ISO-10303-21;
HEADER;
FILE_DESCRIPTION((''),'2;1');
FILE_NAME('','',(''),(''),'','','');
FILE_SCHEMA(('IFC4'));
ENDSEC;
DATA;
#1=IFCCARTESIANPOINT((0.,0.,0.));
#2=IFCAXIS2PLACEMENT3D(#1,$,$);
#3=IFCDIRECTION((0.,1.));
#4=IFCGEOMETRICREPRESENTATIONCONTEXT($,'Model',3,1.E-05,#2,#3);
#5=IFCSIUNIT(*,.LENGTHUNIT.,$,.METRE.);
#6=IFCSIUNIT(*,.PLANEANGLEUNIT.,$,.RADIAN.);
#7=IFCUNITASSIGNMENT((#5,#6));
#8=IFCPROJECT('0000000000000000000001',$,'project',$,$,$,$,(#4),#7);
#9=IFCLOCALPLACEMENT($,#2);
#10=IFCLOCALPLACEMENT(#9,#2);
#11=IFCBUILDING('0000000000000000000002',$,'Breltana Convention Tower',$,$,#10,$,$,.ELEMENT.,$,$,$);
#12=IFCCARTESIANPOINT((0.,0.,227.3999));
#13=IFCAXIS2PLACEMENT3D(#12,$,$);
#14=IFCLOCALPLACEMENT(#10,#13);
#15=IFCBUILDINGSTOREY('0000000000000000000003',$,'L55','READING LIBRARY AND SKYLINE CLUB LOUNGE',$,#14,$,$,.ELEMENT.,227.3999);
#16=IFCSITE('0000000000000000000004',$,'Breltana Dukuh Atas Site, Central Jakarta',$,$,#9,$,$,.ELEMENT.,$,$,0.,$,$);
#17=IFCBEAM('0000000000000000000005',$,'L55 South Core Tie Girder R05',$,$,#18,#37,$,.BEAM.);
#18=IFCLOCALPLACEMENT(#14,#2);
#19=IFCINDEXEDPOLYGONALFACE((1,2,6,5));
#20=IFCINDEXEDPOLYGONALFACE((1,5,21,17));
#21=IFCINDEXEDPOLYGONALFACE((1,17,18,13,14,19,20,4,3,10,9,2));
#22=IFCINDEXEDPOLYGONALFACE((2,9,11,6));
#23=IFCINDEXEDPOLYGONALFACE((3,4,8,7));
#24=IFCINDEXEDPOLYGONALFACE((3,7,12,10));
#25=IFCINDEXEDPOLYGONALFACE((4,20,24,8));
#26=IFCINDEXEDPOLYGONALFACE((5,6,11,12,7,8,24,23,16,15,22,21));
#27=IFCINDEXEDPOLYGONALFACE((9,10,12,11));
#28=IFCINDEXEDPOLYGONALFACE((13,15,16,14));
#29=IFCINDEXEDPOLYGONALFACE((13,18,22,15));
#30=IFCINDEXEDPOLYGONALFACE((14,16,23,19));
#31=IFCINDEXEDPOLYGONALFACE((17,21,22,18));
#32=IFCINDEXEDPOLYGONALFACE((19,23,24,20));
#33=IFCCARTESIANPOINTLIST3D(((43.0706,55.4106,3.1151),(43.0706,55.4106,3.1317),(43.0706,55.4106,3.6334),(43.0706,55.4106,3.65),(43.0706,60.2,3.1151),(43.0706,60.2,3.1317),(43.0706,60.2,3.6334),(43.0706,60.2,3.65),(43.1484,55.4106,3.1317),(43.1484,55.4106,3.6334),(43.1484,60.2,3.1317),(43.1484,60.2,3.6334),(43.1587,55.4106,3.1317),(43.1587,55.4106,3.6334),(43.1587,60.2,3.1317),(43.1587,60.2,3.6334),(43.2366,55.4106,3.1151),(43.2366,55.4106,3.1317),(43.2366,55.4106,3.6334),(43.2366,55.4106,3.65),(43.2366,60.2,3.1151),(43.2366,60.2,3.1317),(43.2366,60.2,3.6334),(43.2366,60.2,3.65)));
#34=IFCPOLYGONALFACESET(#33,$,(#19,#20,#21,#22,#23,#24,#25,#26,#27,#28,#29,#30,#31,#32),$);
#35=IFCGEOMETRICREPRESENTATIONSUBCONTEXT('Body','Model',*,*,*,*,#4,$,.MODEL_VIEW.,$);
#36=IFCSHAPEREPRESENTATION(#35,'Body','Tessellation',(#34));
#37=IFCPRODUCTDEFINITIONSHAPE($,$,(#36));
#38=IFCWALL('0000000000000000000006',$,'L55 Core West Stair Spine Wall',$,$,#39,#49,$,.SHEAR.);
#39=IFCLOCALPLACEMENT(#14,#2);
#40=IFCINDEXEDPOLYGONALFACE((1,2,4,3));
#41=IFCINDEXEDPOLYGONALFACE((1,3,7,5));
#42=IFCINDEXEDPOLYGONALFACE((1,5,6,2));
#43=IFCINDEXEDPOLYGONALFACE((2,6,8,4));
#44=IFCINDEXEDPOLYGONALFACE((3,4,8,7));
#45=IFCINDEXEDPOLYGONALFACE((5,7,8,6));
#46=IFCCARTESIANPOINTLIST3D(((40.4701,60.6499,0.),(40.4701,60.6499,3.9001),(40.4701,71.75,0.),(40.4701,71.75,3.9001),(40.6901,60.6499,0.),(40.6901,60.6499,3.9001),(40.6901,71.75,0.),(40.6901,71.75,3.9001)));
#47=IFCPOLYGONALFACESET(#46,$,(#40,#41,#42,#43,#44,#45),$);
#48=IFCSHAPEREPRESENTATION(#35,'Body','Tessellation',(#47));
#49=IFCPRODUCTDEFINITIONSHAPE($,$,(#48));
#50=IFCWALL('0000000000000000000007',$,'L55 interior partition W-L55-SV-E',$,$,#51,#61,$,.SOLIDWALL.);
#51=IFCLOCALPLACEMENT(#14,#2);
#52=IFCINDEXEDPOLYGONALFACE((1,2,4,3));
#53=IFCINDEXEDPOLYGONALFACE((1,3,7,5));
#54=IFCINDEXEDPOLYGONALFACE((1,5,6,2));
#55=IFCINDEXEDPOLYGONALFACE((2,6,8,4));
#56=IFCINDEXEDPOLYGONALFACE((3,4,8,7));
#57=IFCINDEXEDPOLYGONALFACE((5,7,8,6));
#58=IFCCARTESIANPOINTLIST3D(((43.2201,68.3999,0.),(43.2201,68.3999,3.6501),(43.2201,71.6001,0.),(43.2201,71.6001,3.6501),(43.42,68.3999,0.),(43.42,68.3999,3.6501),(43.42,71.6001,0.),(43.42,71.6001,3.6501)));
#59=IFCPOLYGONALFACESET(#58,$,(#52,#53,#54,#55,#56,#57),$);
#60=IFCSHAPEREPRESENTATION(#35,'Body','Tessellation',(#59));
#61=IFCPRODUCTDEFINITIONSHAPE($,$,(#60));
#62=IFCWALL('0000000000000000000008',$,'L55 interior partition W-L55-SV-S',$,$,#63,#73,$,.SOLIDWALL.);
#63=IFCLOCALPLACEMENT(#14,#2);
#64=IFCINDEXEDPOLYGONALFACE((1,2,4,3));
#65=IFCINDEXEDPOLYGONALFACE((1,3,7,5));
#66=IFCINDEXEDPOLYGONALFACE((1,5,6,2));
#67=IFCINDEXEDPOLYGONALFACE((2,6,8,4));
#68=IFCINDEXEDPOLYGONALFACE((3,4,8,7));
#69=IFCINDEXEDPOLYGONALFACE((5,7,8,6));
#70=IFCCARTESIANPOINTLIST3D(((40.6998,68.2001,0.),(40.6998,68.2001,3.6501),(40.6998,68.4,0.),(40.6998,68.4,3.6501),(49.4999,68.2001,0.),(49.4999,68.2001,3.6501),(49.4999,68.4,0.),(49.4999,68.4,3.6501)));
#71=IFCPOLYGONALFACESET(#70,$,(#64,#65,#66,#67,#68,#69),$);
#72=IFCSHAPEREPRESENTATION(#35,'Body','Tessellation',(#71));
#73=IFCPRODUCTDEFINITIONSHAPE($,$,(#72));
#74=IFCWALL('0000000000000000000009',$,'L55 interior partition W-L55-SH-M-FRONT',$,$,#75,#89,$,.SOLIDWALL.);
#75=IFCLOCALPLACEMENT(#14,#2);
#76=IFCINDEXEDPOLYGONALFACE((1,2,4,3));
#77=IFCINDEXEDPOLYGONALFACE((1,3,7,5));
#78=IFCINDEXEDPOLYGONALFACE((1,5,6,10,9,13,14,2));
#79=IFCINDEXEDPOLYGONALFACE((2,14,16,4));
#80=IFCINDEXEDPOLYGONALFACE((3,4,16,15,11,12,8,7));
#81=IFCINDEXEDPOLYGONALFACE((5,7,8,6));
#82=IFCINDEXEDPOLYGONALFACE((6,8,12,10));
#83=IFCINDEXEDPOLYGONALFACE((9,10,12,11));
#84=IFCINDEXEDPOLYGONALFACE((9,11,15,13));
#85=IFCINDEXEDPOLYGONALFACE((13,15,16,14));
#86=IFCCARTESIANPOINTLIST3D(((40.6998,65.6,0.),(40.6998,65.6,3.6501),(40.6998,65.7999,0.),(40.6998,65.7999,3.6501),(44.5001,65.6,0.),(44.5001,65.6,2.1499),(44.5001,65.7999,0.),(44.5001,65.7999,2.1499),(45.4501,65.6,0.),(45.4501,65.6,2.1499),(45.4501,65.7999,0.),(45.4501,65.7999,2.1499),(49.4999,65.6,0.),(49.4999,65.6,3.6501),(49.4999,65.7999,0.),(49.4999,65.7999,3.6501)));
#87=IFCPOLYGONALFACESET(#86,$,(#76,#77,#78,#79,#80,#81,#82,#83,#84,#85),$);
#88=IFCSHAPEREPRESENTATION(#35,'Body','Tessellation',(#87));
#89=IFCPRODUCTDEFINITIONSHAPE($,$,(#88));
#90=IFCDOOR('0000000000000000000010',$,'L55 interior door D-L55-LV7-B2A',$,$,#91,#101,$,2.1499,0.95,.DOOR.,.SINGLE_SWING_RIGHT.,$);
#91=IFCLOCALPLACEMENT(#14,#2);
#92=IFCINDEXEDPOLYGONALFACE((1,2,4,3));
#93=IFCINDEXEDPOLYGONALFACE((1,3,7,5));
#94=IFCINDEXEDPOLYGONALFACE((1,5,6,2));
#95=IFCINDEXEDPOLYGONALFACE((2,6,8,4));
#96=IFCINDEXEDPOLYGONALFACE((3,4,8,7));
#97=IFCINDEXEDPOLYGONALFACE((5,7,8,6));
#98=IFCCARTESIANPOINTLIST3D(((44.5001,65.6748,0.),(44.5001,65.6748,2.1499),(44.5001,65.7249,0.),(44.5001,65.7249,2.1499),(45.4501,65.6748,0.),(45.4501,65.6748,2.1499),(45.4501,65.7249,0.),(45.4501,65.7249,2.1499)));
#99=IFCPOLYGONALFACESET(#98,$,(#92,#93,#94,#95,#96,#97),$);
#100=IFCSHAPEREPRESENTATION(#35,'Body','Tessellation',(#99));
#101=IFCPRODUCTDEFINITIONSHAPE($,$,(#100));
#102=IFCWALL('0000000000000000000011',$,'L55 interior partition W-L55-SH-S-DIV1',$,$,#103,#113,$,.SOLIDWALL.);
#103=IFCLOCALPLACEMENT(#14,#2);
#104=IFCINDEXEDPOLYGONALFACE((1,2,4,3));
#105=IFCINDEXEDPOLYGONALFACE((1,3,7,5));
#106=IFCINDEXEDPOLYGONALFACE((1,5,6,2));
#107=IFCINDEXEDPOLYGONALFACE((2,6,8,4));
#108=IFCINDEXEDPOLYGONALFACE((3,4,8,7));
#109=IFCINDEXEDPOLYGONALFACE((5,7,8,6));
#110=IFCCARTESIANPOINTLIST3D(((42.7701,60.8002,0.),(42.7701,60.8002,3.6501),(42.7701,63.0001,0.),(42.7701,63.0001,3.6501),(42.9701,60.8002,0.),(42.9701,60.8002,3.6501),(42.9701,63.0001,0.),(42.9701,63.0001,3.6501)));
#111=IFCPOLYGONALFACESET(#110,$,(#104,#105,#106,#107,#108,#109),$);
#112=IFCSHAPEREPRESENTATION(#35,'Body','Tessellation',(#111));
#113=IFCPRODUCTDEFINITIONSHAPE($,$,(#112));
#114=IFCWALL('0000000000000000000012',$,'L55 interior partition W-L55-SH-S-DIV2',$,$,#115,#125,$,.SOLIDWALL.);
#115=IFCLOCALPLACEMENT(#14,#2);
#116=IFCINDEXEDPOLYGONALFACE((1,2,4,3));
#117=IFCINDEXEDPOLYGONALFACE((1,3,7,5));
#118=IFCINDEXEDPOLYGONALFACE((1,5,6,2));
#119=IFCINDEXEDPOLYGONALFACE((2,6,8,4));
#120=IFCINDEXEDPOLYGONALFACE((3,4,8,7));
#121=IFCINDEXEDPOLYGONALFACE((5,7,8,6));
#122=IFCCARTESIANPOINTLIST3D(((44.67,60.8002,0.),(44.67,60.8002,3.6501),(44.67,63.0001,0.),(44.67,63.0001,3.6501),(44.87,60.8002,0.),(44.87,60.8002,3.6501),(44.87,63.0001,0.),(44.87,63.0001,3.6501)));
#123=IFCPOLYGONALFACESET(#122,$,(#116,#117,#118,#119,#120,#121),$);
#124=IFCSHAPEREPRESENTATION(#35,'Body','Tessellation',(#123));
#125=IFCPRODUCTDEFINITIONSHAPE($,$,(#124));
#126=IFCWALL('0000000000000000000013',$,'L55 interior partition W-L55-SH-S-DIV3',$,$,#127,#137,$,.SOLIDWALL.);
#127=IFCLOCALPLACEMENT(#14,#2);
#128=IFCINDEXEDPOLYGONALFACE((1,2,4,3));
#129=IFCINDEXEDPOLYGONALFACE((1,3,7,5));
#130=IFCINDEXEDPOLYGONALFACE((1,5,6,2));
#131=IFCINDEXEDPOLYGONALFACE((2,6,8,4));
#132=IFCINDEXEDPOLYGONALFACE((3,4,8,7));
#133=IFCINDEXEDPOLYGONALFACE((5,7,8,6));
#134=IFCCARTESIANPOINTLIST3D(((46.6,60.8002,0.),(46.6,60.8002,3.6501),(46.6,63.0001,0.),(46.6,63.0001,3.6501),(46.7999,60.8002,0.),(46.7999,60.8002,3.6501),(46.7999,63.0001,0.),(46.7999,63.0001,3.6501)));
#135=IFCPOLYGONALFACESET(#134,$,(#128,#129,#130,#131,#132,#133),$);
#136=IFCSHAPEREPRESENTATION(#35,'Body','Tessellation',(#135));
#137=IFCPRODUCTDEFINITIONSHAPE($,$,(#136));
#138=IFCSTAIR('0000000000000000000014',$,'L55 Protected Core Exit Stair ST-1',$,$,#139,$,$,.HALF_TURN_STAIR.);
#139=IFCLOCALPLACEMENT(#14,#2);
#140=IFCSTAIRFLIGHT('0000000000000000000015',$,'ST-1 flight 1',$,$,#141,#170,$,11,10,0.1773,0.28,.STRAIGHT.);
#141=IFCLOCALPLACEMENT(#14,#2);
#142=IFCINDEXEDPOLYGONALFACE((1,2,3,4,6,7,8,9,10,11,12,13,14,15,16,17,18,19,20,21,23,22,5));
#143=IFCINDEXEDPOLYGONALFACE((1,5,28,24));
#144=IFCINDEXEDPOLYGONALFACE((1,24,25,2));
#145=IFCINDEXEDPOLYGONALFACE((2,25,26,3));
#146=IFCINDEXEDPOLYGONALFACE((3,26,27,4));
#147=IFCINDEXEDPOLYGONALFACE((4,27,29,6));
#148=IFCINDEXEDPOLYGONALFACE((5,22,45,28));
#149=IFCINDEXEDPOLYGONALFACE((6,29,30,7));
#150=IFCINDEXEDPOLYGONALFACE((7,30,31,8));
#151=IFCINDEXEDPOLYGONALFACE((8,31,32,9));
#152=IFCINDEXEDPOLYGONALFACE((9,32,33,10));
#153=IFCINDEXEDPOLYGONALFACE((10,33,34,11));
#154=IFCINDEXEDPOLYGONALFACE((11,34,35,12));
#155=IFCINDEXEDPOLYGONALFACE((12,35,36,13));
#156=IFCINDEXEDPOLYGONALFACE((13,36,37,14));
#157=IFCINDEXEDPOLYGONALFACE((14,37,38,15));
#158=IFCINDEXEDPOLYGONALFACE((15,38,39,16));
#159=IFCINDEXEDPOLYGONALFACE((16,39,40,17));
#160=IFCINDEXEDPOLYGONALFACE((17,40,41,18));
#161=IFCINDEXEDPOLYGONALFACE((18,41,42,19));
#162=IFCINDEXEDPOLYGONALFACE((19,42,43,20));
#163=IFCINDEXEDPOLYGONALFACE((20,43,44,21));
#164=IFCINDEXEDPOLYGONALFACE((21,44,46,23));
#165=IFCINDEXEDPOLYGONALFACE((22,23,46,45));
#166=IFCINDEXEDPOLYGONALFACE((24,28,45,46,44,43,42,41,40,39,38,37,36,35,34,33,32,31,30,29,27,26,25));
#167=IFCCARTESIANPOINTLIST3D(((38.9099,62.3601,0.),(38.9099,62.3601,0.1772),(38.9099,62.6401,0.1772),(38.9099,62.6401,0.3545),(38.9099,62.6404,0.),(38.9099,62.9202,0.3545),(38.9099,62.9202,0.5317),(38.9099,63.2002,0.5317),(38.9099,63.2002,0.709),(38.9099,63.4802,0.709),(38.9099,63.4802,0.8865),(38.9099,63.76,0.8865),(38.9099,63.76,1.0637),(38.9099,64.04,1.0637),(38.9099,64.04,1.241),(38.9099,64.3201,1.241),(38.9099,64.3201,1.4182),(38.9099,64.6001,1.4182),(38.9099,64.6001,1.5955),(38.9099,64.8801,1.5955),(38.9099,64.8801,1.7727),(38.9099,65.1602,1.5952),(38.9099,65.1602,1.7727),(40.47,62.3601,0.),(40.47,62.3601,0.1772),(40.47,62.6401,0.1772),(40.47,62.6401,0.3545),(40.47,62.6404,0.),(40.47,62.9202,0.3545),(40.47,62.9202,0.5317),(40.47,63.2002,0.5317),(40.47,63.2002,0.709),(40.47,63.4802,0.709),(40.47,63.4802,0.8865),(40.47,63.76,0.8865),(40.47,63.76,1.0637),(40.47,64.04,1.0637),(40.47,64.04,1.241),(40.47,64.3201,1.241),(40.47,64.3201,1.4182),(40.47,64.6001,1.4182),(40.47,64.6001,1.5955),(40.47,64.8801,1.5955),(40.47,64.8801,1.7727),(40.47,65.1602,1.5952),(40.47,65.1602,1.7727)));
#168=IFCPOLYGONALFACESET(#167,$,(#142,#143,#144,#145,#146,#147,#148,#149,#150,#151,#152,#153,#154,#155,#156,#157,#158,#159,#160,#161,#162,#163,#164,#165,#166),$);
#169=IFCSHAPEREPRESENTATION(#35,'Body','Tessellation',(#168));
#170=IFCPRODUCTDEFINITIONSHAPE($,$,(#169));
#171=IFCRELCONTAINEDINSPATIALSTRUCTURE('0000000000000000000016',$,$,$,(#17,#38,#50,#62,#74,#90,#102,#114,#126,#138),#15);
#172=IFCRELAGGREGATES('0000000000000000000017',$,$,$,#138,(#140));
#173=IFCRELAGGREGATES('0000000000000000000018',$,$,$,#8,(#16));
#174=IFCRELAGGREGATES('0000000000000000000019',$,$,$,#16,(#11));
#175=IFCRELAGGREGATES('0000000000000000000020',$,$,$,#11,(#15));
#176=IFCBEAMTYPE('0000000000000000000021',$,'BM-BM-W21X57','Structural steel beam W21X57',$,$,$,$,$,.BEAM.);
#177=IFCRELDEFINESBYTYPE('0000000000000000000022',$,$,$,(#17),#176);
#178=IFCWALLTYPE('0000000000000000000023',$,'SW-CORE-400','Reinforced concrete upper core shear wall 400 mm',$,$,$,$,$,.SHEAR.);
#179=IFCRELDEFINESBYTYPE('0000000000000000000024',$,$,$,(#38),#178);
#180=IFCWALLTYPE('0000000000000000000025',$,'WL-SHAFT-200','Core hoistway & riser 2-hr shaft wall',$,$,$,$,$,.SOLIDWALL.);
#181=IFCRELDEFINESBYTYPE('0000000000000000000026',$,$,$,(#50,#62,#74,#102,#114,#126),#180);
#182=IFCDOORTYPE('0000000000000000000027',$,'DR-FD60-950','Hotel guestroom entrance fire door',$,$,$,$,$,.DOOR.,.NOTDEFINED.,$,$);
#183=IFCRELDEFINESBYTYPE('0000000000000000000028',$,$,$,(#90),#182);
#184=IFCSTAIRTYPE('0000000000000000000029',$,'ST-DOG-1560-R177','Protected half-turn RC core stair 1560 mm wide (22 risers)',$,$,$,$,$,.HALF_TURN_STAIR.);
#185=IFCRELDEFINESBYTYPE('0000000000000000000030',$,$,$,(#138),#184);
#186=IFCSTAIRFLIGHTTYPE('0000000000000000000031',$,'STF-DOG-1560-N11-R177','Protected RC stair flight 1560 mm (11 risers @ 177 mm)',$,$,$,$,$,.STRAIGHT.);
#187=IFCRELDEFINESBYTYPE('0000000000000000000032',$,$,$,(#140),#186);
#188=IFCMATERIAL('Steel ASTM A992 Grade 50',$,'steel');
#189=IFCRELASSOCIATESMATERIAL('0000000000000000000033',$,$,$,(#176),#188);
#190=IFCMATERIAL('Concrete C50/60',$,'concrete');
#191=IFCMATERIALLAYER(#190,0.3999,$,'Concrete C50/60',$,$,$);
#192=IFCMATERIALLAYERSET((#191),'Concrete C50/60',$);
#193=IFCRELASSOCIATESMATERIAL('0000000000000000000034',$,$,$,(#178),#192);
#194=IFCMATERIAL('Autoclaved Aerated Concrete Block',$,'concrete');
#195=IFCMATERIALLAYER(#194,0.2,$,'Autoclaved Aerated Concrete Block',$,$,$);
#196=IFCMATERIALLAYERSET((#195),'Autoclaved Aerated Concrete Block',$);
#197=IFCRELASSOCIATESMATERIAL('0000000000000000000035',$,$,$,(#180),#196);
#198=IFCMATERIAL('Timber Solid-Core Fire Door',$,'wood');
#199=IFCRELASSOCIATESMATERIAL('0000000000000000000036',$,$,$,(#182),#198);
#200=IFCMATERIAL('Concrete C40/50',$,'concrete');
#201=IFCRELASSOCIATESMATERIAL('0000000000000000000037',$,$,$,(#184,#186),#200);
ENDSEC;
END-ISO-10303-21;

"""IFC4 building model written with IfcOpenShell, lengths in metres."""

from ifc_helpers import new_model, si_unit, direction, frame, frame_2d, origin, origin_2d, place, context, subcontext, project, spatial, polyline, rectangle, i_section, outline, extrude, source, transform, mapped, material, layer, layer_set, material_profile, profile_set, type_object, type_shapes, element, fill, aggregate, save


model = new_model("IFC4")

# Units and contexts
model_context = context("Model", 3, precision=1e-05, world=origin(), true_north=direction((0.0, 1.0)))
body_context = subcontext(model_context, "Body", "Model", "MODEL_VIEW")
ifc_project = project(units=[si_unit("LENGTHUNIT", "METRE"), si_unit("PLANEANGLEUNIT", "RADIAN")], contexts=[model_context])

# Site, building, storey
site_placement = place(None, origin())
site = spatial("IfcSite", under=ifc_project, at=site_placement, Name="Breltana Dukuh Atas Site, Central Jakarta", CompositionType="ELEMENT", RefElevation=0.0)
building_placement = place(site_placement, origin())
building = spatial("IfcBuilding", under=site, at=building_placement, Name="Breltana Convention Tower", CompositionType="ELEMENT")
storey_placement = place(building_placement, frame((0.0, 0.0, 227.3999)))
storey = spatial("IfcBuildingStorey", under=building, at=storey_placement, Name="L55", Description="READING LIBRARY AND SKYLINE CLUB LOUNGE", CompositionType="ELEMENT", Elevation=227.3999)

# Beam
ifc_material_1 = material(Name="Steel ASTM A992 Grade 50", Category="steel")
ifc_material_profile = material_profile(ifc_material_1, i_section(OverallWidth=0.166, OverallDepth=0.5349, WebThickness=0.0103, FlangeThickness=0.0166, at=origin_2d()), Name="W21X57")
ifc_profile_set = profile_set([ifc_material_profile], Name="Steel ASTM A992 Grade 50")
beam_type = type_object("IfcBeamType", Name="BM-BM-W21X57", Description="Structural steel beam W21X57", PredefinedType="BEAM", material=ifc_profile_set)
shared_shape_1 = source(origin(), body_context, "Body", "SweptSolid", [
    extrude(i_section(OverallWidth=0.166, OverallDepth=0.5349, WebThickness=0.0103, FlangeThickness=0.0166, at=origin_2d()), origin(), (0.0, 0.0, 1.0), 4.7893),
])
beam_placement = place(storey_placement, frame((43.1536, 60.2, 3.3826), z_axis=(0.0, -1.0, 0.0), x_axis=(1.0, 0.0, 0.0)))
element("IfcBeam", 1, at=beam_placement, inside=storey, type_object=beam_type, Name="L55 South Core Tie Girder R05", PredefinedType="BEAM", context=body_context, shape_type="MappedRepresentation", body=[
    mapped(shared_shape_1, transform((0.0, 0.0, 0.0), scale=1.0)),
])

# Walls
ifc_material_2 = material(Name="Concrete C50/60", Category="concrete")
ifc_layer_1 = layer(ifc_material_2, 0.3999, Name="Concrete C50/60")
ifc_layer_set_1 = layer_set([ifc_layer_1], Name="Concrete C50/60")
wall_type_1 = type_object("IfcWallType", Name="SW-CORE-400", Description="Reinforced concrete upper core shear wall 400 mm", PredefinedType="SHEAR", material=ifc_layer_set_1)
shared_shape_2 = source(origin(), body_context, "Body", "SweptSolid", [
    extrude(rectangle(XDim=11.1001, YDim=0.22, at=frame_2d((5.55, 0.0))), origin(), (0.0, 0.0, 1.0), 3.9001),
])
wall_1_placement = place(storey_placement, frame((40.5801, 60.6499, 0.0), z_axis=(0.0, 0.0, 1.0), x_axis=(0.0, 1.0, 0.0)))
element("IfcWall", 2, at=wall_1_placement, inside=storey, type_object=wall_type_1, Name="L55 Core West Stair Spine Wall", PredefinedType="SHEAR", context=body_context, shape_type="MappedRepresentation", body=[
    mapped(shared_shape_2, transform((0.0, 0.0, 0.0), scale=1.0)),
])
ifc_material_3 = material(Name="Autoclaved Aerated Concrete Block", Category="concrete")
ifc_layer_2 = layer(ifc_material_3, 0.2, Name="Autoclaved Aerated Concrete Block")
ifc_layer_set_2 = layer_set([ifc_layer_2], Name="Autoclaved Aerated Concrete Block")
wall_type_2 = type_object("IfcWallType", Name="WL-SHAFT-200", Description="Core hoistway & riser 2-hr shaft wall", PredefinedType="SOLIDWALL", material=ifc_layer_set_2)
shared_shape_3 = source(origin(), body_context, "Body", "SweptSolid", [
    extrude(rectangle(XDim=3.2002, YDim=0.2, at=frame_2d((1.6001, 0.0))), origin(), (0.0, 0.0, 1.0), 3.6501),
])
wall_2_placement = place(storey_placement, frame((43.3201, 68.3999, 0.0), z_axis=(0.0, 0.0, 1.0), x_axis=(0.0, 1.0, 0.0)))
element("IfcWall", 3, at=wall_2_placement, inside=storey, type_object=wall_type_2, Name="L55 interior partition W-L55-SV-E", PredefinedType="SOLIDWALL", context=body_context, shape_type="MappedRepresentation", body=[
    mapped(shared_shape_3, transform((0.0, 0.0, 0.0), scale=1.0)),
])
shared_shape_4 = source(origin(), body_context, "Body", "SweptSolid", [
    extrude(rectangle(XDim=8.8, YDim=0.2, at=frame_2d((4.3999, 0.0))), origin(), (0.0, 0.0, 1.0), 3.6501),
])
wall_3_placement = place(storey_placement, frame((40.7, 68.3, 0.0), z_axis=(0.0, 0.0, 1.0), x_axis=(1.0, 0.0, 0.0)))
element("IfcWall", 4, at=wall_3_placement, inside=storey, type_object=wall_type_2, Name="L55 interior partition W-L55-SV-S", PredefinedType="SOLIDWALL", context=body_context, shape_type="MappedRepresentation", body=[
    mapped(shared_shape_4, transform((0.0, 0.0, 0.0), scale=1.0)),
])

# Wall, opening, door
wall_4_placement = place(storey_placement, frame((40.7, 65.7, 0.0), z_axis=(0.0, 0.0, 1.0), x_axis=(1.0, 0.0, 0.0)))
wall_4 = element("IfcWall", 5, at=wall_4_placement, inside=storey, type_object=wall_type_2, Name="L55 interior partition W-L55-SH-M-FRONT", PredefinedType="SOLIDWALL", context=body_context, shape_type="MappedRepresentation", body=[
    mapped(shared_shape_4, transform((0.0, 0.0, 0.0), scale=1.0)),
])
opening_1_placement = place(wall_4_placement, frame((3.8, 0.0, 0.0)))
opening_1 = element("IfcOpeningElement", 6, at=opening_1_placement, cuts=wall_4, PredefinedType="OPENING", context=body_context, shape_type="SweptSolid", body=[
    extrude(rectangle(XDim=0.95, YDim=2.1499, at=frame_2d((0.4751, 1.075))), frame((0.0, 0.1099, 0.0), z_axis=(0.0, -1.0, 0.0), x_axis=(1.0, 0.0, 0.0)), (0.0, 0.0, 1.0), 0.22),
])
ifc_material_4 = material(Name="Timber Solid-Core Fire Door", Category="wood")
door_type_1 = type_object("IfcDoorType", Name="DR-FD60-950", Description="Hotel guestroom entrance fire door", OperationType="NOTDEFINED", PredefinedType="DOOR", material=ifc_material_4)
shared_shape_5 = source(origin(), body_context, "Body", "SweptSolid", [
    extrude(rectangle(XDim=0.95, YDim=2.1499, at=frame_2d((0.4751, 1.075))), frame((0.0, 0.0249, 0.0), z_axis=(0.0, -1.0, 0.0), x_axis=(1.0, 0.0, 0.0)), (0.0, 0.0, 1.0), 0.05),
])
type_shapes(door_type_1, [shared_shape_5])
door_1_placement = place(opening_1_placement, origin())
door_1 = element("IfcDoor", 7, at=door_1_placement, inside=storey, type_object=door_type_1, Name="L55 interior door D-L55-LV7-B2A", OperationType="SINGLE_SWING_RIGHT", OverallHeight=2.1499, OverallWidth=0.95, PredefinedType="DOOR", context=body_context, shape_type="MappedRepresentation", body=[
    mapped(shared_shape_5, transform((0.0, 0.0, 0.0), scale=1.0)),
])
fill(opening_1, door_1)

# Walls
shared_shape_6 = source(origin(), body_context, "Body", "SweptSolid", [
    extrude(rectangle(XDim=2.2, YDim=0.2, at=frame_2d((1.1001, 0.0))), origin(), (0.0, 0.0, 1.0), 3.6501),
])
for number, where, z_axis, x_axis, name in (
    (8, (42.8701, 60.8, 0.0), (0.0, 0.0, 1.0), (0.0, 1.0, 0.0), "L55 interior partition W-L55-SH-S-DIV1"),
    (9, (44.77, 60.8, 0.0), (0.0, 0.0, 1.0), (0.0, 1.0, 0.0), "L55 interior partition W-L55-SH-S-DIV2"),
    (10, (46.7, 60.8, 0.0), (0.0, 0.0, 1.0), (0.0, 1.0, 0.0), "L55 interior partition W-L55-SH-S-DIV3"),
):
    element("IfcWall", number, at=place(storey_placement, frame(where, z_axis=z_axis, x_axis=x_axis)), inside=storey, type_object=wall_type_2, Name=name, PredefinedType="SOLIDWALL", context=body_context, shape_type="MappedRepresentation", body=[
        mapped(shared_shape_6, transform((0.0, 0.0, 0.0), scale=1.0)),
    ])

# Stair, stair flight
ifc_material_5 = material(Name="Concrete C40/50", Category="concrete")
stair_type = type_object("IfcStairType", Name="ST-DOG-1560-R177", Description="Protected half-turn RC core stair 1560 mm wide (22 risers)", PredefinedType="HALF_TURN_STAIR", material=ifc_material_5)
stair_placement = place(storey_placement, origin())
stair = element("IfcStair", 11, at=stair_placement, inside=storey, type_object=stair_type, Name="L55 Protected Core Exit Stair ST-1", PredefinedType="HALF_TURN_STAIR")
stair_flight_type = type_object("IfcStairFlightType", Name="STF-DOG-1560-N11-R177", Description="Protected RC stair flight 1560 mm (11 risers @ 177 mm)", PredefinedType="STRAIGHT", material=ifc_material_5)
stair_flight_1_placement = place(storey_placement, frame((39.6899, 62.3601, 0.0), z_axis=(0.0, 0.0, 1.0), x_axis=(0.0, 1.0, 0.0)))
stair_flight_1 = element("IfcStairFlight", 12, at=stair_flight_1_placement, type_object=stair_flight_type, Name="ST-1 flight 1", NumberOfRisers=11, NumberOfTreads=10, PredefinedType="STRAIGHT", RiserHeight=0.1773, TreadLength=0.28, context=body_context, shape_type="SweptSolid", body=[
    extrude(outline(polyline([(0.0, 0.0), (0.0, 0.1772), (0.28, 0.1772), (0.28, 0.3545), (0.5601, 0.3545), (0.5601, 0.5317), (0.8401, 0.5317), (0.8401, 0.709), (1.1201, 0.709), (1.1201, 0.8865), (1.3999, 0.8865), (1.3999, 1.0637), (1.6799, 1.0637), (1.6799, 1.241), (1.96, 1.241), (1.96, 1.4182), (2.24, 1.4182), (2.24, 1.5955), (2.52, 1.5955), (2.52, 1.7727), (2.8, 1.7727), (2.8, 1.95), (2.8, 1.5952), (0.2803, 0.0), (0.0, 0.0)])), frame((0.0, 0.78, 0.0), z_axis=(0.0, -1.0, 0.0), x_axis=(1.0, 0.0, 0.0)), (0.0, 0.0, 1.0), 1.5601),
])
aggregate(stair, [stair_flight_1])

save(model, "model.ifc")
